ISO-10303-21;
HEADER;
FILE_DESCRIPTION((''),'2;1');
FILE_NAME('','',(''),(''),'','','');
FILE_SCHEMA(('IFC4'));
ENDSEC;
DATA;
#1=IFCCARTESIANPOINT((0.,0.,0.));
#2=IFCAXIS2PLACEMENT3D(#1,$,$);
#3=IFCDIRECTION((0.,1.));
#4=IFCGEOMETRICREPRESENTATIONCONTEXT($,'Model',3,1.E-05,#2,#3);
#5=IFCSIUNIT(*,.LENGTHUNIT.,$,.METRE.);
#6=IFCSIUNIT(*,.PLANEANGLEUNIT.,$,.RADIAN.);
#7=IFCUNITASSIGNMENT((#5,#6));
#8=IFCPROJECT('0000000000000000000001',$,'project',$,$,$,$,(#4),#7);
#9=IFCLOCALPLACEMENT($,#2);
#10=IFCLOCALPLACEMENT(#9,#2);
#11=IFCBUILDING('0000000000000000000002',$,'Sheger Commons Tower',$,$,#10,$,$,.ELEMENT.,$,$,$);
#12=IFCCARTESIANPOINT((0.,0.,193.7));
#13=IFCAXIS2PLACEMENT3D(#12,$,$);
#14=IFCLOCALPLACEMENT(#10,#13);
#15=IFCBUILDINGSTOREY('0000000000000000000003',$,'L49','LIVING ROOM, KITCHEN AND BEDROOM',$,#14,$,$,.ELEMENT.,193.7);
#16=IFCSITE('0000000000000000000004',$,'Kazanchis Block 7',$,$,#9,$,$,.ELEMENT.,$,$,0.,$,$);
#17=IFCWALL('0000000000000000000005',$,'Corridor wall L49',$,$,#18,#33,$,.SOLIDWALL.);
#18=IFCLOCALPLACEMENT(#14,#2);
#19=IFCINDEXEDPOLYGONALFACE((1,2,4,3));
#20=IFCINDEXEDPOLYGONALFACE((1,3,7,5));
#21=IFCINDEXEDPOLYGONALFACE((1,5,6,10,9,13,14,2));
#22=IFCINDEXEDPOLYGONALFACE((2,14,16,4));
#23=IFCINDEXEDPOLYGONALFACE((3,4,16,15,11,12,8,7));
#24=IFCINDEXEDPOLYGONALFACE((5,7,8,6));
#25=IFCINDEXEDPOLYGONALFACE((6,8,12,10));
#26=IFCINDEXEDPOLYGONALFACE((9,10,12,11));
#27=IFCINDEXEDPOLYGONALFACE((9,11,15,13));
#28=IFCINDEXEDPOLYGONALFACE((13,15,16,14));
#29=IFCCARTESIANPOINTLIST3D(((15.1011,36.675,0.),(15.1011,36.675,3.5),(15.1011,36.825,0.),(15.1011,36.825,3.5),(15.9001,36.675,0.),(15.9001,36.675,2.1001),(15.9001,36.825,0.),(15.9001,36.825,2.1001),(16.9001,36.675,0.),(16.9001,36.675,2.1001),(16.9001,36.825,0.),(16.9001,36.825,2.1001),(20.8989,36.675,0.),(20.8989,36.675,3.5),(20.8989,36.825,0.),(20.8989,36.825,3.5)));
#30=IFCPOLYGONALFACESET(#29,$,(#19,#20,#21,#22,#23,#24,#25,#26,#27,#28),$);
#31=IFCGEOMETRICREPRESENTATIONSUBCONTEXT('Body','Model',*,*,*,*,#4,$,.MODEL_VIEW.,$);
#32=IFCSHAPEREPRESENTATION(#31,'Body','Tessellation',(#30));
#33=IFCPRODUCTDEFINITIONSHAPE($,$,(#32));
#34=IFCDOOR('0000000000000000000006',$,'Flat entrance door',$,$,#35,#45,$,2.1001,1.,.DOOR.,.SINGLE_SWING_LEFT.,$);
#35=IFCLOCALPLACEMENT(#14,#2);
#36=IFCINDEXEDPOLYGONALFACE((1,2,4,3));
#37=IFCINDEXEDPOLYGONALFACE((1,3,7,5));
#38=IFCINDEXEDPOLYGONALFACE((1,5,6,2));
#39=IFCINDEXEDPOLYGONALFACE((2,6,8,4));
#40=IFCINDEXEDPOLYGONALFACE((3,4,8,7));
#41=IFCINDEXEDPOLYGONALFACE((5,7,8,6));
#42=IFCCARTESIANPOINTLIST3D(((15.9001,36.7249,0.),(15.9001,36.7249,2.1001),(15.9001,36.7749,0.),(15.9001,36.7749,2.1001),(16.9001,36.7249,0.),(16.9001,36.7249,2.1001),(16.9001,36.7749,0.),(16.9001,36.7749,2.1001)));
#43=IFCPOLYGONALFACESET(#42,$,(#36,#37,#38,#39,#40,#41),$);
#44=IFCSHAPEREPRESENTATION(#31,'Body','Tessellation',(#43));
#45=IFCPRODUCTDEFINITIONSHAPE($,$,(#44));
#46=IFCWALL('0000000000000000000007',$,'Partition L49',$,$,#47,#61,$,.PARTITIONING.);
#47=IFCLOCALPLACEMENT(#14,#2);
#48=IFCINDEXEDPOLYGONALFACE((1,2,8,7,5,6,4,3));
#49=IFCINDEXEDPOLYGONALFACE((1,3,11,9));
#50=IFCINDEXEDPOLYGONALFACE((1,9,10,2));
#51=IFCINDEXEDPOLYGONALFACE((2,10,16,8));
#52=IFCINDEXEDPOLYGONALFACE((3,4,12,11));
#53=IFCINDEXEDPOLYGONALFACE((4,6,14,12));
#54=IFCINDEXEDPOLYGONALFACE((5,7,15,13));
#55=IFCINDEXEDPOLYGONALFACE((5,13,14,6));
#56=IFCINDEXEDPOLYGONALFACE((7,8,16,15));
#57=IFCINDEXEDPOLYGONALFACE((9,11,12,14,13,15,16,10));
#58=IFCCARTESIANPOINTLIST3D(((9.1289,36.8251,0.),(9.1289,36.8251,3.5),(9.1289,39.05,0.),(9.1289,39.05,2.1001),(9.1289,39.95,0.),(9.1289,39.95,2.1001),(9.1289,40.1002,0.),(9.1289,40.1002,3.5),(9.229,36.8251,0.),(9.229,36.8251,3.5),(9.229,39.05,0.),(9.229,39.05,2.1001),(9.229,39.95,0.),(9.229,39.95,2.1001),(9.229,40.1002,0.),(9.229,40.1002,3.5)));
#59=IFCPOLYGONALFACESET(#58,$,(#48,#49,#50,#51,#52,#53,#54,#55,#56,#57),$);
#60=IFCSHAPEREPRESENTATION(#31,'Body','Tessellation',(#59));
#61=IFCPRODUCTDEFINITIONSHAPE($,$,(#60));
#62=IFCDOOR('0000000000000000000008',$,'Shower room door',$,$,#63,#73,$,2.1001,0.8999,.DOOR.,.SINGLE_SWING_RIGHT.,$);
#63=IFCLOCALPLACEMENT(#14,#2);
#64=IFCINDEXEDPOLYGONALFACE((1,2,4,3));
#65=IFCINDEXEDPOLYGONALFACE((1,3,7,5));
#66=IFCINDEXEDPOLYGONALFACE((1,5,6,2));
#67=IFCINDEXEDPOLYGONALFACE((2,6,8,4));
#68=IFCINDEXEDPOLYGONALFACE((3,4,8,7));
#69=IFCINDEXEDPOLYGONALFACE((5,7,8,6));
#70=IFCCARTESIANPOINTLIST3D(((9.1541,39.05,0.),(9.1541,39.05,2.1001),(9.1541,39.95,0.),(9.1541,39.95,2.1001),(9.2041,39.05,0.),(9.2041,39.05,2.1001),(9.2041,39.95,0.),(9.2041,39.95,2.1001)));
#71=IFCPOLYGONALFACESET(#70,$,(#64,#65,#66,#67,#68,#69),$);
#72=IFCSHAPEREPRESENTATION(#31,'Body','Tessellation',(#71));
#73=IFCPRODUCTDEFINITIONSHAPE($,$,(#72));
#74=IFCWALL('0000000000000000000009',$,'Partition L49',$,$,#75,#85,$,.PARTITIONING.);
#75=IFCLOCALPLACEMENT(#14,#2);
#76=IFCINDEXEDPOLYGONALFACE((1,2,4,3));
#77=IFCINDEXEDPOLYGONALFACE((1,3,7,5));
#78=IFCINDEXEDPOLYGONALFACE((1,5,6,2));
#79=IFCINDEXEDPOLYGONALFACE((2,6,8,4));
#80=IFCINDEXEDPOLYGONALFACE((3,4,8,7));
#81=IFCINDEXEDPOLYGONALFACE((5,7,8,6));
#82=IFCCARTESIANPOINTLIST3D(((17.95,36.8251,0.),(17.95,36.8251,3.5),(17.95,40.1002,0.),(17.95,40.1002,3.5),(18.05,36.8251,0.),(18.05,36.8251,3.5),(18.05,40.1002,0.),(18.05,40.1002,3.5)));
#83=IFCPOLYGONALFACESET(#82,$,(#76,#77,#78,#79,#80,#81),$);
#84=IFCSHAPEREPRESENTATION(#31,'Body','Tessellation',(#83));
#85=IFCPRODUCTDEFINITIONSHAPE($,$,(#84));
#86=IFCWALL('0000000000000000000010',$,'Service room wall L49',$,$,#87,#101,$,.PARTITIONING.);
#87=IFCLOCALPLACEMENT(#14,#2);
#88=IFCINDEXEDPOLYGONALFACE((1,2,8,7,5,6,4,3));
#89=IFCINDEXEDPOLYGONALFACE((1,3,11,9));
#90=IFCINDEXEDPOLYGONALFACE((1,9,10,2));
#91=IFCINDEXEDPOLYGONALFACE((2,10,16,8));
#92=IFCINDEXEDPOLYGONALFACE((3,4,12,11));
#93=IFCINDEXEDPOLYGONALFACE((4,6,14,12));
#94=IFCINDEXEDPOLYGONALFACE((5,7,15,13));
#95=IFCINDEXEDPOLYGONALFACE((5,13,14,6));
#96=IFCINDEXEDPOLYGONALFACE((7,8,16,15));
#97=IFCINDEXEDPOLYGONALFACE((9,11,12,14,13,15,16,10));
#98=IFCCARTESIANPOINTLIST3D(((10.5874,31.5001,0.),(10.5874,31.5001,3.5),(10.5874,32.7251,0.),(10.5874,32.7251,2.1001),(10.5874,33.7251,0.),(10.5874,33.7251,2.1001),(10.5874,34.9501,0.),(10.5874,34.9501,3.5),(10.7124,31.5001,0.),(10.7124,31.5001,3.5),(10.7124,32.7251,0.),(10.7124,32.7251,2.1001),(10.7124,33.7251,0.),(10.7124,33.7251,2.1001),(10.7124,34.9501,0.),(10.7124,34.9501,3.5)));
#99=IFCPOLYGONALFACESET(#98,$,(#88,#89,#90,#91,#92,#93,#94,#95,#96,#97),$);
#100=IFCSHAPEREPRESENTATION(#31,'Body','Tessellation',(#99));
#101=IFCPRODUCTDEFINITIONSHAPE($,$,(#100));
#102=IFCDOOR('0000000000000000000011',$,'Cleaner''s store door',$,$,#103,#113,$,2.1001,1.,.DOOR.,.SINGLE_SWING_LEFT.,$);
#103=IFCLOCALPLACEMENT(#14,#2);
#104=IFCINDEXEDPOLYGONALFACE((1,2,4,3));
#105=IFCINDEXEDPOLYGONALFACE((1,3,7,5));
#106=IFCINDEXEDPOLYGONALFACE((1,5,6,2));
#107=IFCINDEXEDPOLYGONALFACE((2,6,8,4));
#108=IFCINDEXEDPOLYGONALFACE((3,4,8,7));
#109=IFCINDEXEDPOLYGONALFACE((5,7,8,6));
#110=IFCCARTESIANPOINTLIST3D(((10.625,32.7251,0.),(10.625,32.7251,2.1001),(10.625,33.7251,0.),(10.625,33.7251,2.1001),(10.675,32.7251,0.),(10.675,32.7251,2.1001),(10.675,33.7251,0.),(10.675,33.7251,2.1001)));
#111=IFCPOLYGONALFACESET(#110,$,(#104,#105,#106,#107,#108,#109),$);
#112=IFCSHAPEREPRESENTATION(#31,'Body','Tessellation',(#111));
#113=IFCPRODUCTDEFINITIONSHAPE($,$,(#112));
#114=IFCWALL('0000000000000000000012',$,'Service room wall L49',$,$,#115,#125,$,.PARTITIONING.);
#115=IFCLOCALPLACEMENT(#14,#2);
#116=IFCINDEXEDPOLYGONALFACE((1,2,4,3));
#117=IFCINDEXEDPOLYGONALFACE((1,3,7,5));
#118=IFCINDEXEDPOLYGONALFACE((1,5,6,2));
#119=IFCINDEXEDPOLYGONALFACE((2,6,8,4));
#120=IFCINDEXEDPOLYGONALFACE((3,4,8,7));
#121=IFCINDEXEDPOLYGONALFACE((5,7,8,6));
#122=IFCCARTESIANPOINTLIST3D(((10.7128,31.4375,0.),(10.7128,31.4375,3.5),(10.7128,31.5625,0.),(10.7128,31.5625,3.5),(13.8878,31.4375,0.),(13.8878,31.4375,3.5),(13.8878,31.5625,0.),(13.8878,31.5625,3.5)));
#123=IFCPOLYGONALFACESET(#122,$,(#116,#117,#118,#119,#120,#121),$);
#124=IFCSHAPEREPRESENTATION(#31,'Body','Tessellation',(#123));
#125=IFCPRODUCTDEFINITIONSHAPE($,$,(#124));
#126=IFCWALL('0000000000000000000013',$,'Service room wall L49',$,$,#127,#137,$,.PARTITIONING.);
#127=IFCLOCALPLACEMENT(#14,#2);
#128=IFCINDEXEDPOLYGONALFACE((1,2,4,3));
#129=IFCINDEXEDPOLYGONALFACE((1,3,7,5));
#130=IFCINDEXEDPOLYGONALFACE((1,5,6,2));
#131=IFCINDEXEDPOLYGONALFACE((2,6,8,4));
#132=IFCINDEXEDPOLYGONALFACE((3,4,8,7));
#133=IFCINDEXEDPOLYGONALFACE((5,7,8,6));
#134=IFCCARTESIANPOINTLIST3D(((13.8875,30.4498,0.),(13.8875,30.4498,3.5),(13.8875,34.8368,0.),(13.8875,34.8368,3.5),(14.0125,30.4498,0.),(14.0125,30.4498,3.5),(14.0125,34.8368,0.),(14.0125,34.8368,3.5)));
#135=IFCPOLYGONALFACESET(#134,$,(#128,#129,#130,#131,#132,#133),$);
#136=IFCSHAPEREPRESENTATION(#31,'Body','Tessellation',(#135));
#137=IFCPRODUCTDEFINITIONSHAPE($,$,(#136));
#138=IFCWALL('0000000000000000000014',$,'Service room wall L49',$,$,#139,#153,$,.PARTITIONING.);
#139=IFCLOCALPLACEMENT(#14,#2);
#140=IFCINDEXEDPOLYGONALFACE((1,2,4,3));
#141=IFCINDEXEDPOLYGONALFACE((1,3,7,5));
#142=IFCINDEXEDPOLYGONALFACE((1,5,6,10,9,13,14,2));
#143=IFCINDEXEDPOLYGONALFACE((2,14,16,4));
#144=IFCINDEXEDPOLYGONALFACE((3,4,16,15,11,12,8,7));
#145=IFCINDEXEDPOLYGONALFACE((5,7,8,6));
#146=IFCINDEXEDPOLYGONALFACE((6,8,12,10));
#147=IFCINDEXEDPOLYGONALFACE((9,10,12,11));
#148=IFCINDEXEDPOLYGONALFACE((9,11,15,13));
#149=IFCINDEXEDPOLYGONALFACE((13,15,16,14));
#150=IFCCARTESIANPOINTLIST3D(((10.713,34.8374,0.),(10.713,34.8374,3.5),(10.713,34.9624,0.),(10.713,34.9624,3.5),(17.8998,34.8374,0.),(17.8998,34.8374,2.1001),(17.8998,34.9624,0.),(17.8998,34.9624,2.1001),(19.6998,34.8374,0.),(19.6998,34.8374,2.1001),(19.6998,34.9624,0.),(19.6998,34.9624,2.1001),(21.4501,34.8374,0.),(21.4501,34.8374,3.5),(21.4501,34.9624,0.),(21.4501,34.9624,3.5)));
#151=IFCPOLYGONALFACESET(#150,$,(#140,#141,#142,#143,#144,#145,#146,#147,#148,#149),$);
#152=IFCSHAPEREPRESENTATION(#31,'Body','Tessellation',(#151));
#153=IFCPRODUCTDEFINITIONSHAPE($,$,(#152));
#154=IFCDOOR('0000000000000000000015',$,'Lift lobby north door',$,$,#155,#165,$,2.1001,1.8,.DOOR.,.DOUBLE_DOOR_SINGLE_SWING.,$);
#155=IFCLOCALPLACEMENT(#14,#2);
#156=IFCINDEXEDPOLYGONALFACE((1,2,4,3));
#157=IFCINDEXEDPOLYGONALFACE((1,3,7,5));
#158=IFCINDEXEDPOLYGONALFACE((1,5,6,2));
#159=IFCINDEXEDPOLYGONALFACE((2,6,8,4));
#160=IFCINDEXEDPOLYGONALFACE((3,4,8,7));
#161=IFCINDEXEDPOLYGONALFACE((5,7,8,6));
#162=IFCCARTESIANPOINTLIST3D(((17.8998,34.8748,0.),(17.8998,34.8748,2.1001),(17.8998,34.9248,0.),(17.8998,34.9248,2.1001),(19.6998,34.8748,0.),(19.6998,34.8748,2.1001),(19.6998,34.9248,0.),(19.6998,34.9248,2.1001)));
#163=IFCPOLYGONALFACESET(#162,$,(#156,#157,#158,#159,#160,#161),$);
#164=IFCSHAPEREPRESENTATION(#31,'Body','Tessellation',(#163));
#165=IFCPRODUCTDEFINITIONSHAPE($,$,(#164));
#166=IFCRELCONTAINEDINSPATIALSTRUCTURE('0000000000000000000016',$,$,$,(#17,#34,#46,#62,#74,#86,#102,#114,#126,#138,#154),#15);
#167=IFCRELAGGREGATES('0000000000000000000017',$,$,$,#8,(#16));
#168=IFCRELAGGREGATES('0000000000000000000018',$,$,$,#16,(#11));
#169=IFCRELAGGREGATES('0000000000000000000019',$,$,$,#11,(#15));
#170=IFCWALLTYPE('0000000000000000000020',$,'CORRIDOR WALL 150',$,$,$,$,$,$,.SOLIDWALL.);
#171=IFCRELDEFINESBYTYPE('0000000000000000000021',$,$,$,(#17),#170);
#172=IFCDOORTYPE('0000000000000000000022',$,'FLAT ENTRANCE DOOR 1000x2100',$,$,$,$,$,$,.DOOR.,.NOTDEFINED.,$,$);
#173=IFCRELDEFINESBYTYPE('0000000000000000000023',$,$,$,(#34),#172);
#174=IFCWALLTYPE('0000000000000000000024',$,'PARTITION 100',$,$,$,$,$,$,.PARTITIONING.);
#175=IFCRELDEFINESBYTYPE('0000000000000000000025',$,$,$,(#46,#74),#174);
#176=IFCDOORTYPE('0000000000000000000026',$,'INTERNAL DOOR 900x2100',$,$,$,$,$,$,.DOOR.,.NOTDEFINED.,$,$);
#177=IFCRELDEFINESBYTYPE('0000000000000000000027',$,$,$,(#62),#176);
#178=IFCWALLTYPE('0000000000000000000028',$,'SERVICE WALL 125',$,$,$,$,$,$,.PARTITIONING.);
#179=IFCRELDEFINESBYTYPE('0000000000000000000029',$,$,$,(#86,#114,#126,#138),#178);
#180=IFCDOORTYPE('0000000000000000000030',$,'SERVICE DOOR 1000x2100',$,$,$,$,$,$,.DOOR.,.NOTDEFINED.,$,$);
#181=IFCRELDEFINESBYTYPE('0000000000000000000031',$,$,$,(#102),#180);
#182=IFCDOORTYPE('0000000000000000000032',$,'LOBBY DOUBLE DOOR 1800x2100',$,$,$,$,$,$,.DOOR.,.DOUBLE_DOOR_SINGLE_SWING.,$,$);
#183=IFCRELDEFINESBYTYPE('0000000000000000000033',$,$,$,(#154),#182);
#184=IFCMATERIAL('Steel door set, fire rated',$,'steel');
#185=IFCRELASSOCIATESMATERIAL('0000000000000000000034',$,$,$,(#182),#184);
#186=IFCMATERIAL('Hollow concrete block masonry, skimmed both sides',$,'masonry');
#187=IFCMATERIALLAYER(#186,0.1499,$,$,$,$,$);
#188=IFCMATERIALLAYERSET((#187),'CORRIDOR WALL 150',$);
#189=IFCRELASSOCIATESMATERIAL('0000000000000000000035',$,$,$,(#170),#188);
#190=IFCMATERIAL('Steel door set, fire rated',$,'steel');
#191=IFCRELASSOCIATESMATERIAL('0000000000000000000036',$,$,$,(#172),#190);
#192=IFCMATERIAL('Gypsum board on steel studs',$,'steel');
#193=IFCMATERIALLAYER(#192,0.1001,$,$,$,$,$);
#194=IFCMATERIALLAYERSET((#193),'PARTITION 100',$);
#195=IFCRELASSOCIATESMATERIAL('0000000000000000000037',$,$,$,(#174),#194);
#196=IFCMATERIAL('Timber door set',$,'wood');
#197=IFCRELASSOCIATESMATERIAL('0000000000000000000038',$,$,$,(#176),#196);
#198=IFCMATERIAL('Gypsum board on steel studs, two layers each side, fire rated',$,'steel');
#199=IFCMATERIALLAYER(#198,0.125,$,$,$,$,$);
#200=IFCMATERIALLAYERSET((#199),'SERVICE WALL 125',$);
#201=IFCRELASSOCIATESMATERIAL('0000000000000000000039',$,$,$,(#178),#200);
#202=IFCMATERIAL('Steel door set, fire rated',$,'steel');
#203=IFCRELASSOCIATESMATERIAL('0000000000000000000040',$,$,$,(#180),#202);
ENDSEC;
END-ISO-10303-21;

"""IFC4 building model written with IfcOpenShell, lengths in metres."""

from ifc_helpers import new_model, si_unit, direction, frame, frame_2d, origin, place, context, subcontext, project, spatial, rectangle, extrude, material, layer, layer_set, type_object, element, fill, save


model = new_model("IFC4")

# Units and contexts
model_context = context("Model", 3, precision=1e-05, world=origin(), true_north=direction((0.0, 1.0)))
body_context = subcontext(model_context, "Body", "Model", "MODEL_VIEW")
ifc_project = project(units=[si_unit("LENGTHUNIT", "METRE"), si_unit("PLANEANGLEUNIT", "RADIAN")], contexts=[model_context])

# Site, building, storey
site_placement = place(None, origin())
site = spatial("IfcSite", under=ifc_project, at=site_placement, Name="Kazanchis Block 7", CompositionType="ELEMENT", RefElevation=0.0)
building_placement = place(site_placement, origin())
building = spatial("IfcBuilding", under=site, at=building_placement, Name="Sheger Commons Tower", CompositionType="ELEMENT")
storey_placement = place(building_placement, frame((0.0, 0.0, 193.7)))
storey = spatial("IfcBuildingStorey", under=building, at=storey_placement, Name="L49", Description="LIVING ROOM, KITCHEN AND BEDROOM", CompositionType="ELEMENT", Elevation=193.7)

# Shared definitions
ifc_material_1 = material(Name="Steel door set, fire rated", Category="steel")
door_type_1 = type_object("IfcDoorType", Name="LOBBY DOUBLE DOOR 1800x2100", OperationType="DOUBLE_DOOR_SINGLE_SWING", PredefinedType="DOOR", material=ifc_material_1)

# Walls, openings, doors
ifc_material_2 = material(Name="Hollow concrete block masonry, skimmed both sides", Category="masonry")
ifc_layer_1 = layer(ifc_material_2, 0.1499)
ifc_layer_set_1 = layer_set([ifc_layer_1], Name="CORRIDOR WALL 150")
wall_type_1 = type_object("IfcWallType", Name="CORRIDOR WALL 150", PredefinedType="SOLIDWALL", material=ifc_layer_set_1)
ifc_material_3 = material(Name="Steel door set, fire rated", Category="steel")
door_type_2 = type_object("IfcDoorType", Name="FLAT ENTRANCE DOOR 1000x2100", OperationType="NOTDEFINED", PredefinedType="DOOR", material=ifc_material_3)
wall_1_placement = place(storey_placement, frame((15.1011, 36.75, 0.0), z_axis=(0.0, 0.0, 1.0), x_axis=(1.0, 0.0, 0.0)))
wall_1 = element("IfcWall", 1, at=wall_1_placement, inside=storey, type_object=wall_type_1, Name="Corridor wall L49", PredefinedType="SOLIDWALL", context=body_context, shape_type="SweptSolid", body=[
    extrude(rectangle(XDim=5.7979, YDim=0.1499, at=frame_2d((2.8989, 0.0))), origin(), (0.0, 0.0, 1.0), 3.5),
])
opening_1_placement = place(wall_1_placement, frame((0.7991, 0.0, 0.0)))
opening_1 = element("IfcOpeningElement", 2, at=opening_1_placement, cuts=wall_1, PredefinedType="OPENING", context=body_context, shape_type="SweptSolid", body=[
    extrude(rectangle(XDim=1.0, YDim=2.1001, at=frame_2d((0.5, 1.05))), frame((0.0, 0.085, 0.0), z_axis=(0.0, -1.0, 0.0), x_axis=(1.0, 0.0, 0.0)), (0.0, 0.0, 1.0), 0.1699),
])
door_1_placement = place(opening_1_placement, origin())
door_1 = element("IfcDoor", 3, at=door_1_placement, inside=storey, type_object=door_type_2, Name="Flat entrance door", OperationType="SINGLE_SWING_LEFT", OverallHeight=2.1001, OverallWidth=1.0, PredefinedType="DOOR", context=body_context, shape_type="SweptSolid", body=[
    extrude(rectangle(XDim=1.0, YDim=2.1001, at=frame_2d((0.5, 1.05))), frame((0.0, 0.0249, 0.0), z_axis=(0.0, -1.0, 0.0), x_axis=(1.0, 0.0, 0.0)), (0.0, 0.0, 1.0), 0.05),
])
fill(opening_1, door_1)
ifc_material_4 = material(Name="Gypsum board on steel studs", Category="steel")
ifc_layer_2 = layer(ifc_material_4, 0.1001)
ifc_layer_set_2 = layer_set([ifc_layer_2], Name="PARTITION 100")
wall_type_2 = type_object("IfcWallType", Name="PARTITION 100", PredefinedType="PARTITIONING", material=ifc_layer_set_2)
wall_2_placement = place(storey_placement, frame((9.179, 36.825, 0.0), z_axis=(0.0, 0.0, 1.0), x_axis=(0.0, 1.0, 0.0)))
wall_2 = element("IfcWall", 4, at=wall_2_placement, inside=storey, type_object=wall_type_2, Name="Partition L49", PredefinedType="PARTITIONING", context=body_context, shape_type="SweptSolid", body=[
    extrude(rectangle(XDim=3.2751, YDim=0.1001, at=frame_2d((1.6377, 0.0))), origin(), (0.0, 0.0, 1.0), 3.5),
])
opening_2_placement = place(wall_2_placement, frame((2.2251, 0.0, 0.0)))
opening_2 = element("IfcOpeningElement", 5, at=opening_2_placement, cuts=wall_2, PredefinedType="OPENING", context=body_context, shape_type="SweptSolid", body=[
    extrude(rectangle(XDim=0.8999, YDim=2.1001, at=frame_2d((0.45, 1.05))), frame((0.0, 0.0601, 0.0), z_axis=(0.0, -1.0, 0.0), x_axis=(1.0, 0.0, 0.0)), (0.0, 0.0, 1.0), 0.1201),
])
ifc_material_5 = material(Name="Timber door set", Category="wood")
door_type_3 = type_object("IfcDoorType", Name="INTERNAL DOOR 900x2100", OperationType="NOTDEFINED", PredefinedType="DOOR", material=ifc_material_5)
door_2_placement = place(opening_2_placement, origin())
door_2 = element("IfcDoor", 6, at=door_2_placement, inside=storey, type_object=door_type_3, Name="Shower room door", OperationType="SINGLE_SWING_RIGHT", OverallHeight=2.1001, OverallWidth=0.8999, PredefinedType="DOOR", context=body_context, shape_type="SweptSolid", body=[
    extrude(rectangle(XDim=0.8999, YDim=2.1001, at=frame_2d((0.45, 1.05))), frame((0.0, 0.0249, 0.0), z_axis=(0.0, -1.0, 0.0), x_axis=(1.0, 0.0, 0.0)), (0.0, 0.0, 1.0), 0.05),
])
fill(opening_2, door_2)

# Wall
wall_3_placement = place(storey_placement, frame((18.0, 36.825, 0.0), z_axis=(0.0, 0.0, 1.0), x_axis=(0.0, 1.0, 0.0)))
element("IfcWall", 7, at=wall_3_placement, inside=storey, type_object=wall_type_2, Name="Partition L49", PredefinedType="PARTITIONING", context=body_context, shape_type="SweptSolid", body=[
    extrude(rectangle(XDim=3.2751, YDim=0.1001, at=frame_2d((1.6377, 0.0))), origin(), (0.0, 0.0, 1.0), 3.5),
])

# Wall, opening, door
ifc_material_6 = material(Name="Gypsum board on steel studs, two layers each side, fire rated", Category="steel")
ifc_layer_3 = layer(ifc_material_6, 0.125)
ifc_layer_set_3 = layer_set([ifc_layer_3], Name="SERVICE WALL 125")
wall_type_3 = type_object("IfcWallType", Name="SERVICE WALL 125", PredefinedType="PARTITIONING", material=ifc_layer_set_3)
wall_4_placement = place(storey_placement, frame((10.6499, 31.5, 0.0), z_axis=(0.0, 0.0, 1.0), x_axis=(0.0, 1.0, 0.0)))
wall_4 = element("IfcWall", 8, at=wall_4_placement, inside=storey, type_object=wall_type_3, Name="Service room wall L49", PredefinedType="PARTITIONING", context=body_context, shape_type="SweptSolid", body=[
    extrude(rectangle(XDim=3.45, YDim=0.125, at=frame_2d((1.7251, 0.0))), origin(), (0.0, 0.0, 1.0), 3.5),
])
opening_3_placement = place(wall_4_placement, frame((1.2251, 0.0, 0.0)))
opening_3 = element("IfcOpeningElement", 9, at=opening_3_placement, cuts=wall_4, PredefinedType="OPENING", context=body_context, shape_type="SweptSolid", body=[
    extrude(rectangle(XDim=1.0, YDim=2.1001, at=frame_2d((0.5, 1.05))), frame((0.0, 0.0725, 0.0), z_axis=(0.0, -1.0, 0.0), x_axis=(1.0, 0.0, 0.0)), (0.0, 0.0, 1.0), 0.145),
])
ifc_material_7 = material(Name="Steel door set, fire rated", Category="steel")
door_type_4 = type_object("IfcDoorType", Name="SERVICE DOOR 1000x2100", OperationType="NOTDEFINED", PredefinedType="DOOR", material=ifc_material_7)
door_3_placement = place(opening_3_placement, origin())
door_3 = element("IfcDoor", 10, at=door_3_placement, inside=storey, type_object=door_type_4, Name="Cleaner's store door", OperationType="SINGLE_SWING_LEFT", OverallHeight=2.1001, OverallWidth=1.0, PredefinedType="DOOR", context=body_context, shape_type="SweptSolid", body=[
    extrude(rectangle(XDim=1.0, YDim=2.1001, at=frame_2d((0.5, 1.05))), frame((0.0, 0.0249, 0.0), z_axis=(0.0, -1.0, 0.0), x_axis=(1.0, 0.0, 0.0)), (0.0, 0.0, 1.0), 0.05),
])
fill(opening_3, door_3)

# Walls
wall_5_placement = place(storey_placement, frame((10.7129, 31.5, 0.0), z_axis=(0.0, 0.0, 1.0), x_axis=(1.0, 0.0, 0.0)))
element("IfcWall", 11, at=wall_5_placement, inside=storey, type_object=wall_type_3, Name="Service room wall L49", PredefinedType="PARTITIONING", context=body_context, shape_type="SweptSolid", body=[
    extrude(rectangle(XDim=3.175, YDim=0.125, at=frame_2d((1.5874, 0.0))), origin(), (0.0, 0.0, 1.0), 3.5),
])
wall_6_placement = place(storey_placement, frame((13.95, 30.45, 0.0), z_axis=(0.0, 0.0, 1.0), x_axis=(0.0, 1.0, 0.0)))
element("IfcWall", 12, at=wall_6_placement, inside=storey, type_object=wall_type_3, Name="Service room wall L49", PredefinedType="PARTITIONING", context=body_context, shape_type="SweptSolid", body=[
    extrude(rectangle(XDim=4.387, YDim=0.125, at=frame_2d((2.1934, 0.0))), origin(), (0.0, 0.0, 1.0), 3.5),
])

# Wall, opening, door
wall_7_placement = place(storey_placement, frame((10.7129, 34.8999, 0.0), z_axis=(0.0, 0.0, 1.0), x_axis=(1.0, 0.0, 0.0)))
wall_7 = element("IfcWall", 13, at=wall_7_placement, inside=storey, type_object=wall_type_3, Name="Service room wall L49", PredefinedType="PARTITIONING", context=body_context, shape_type="SweptSolid", body=[
    extrude(rectangle(XDim=10.7371, YDim=0.125, at=frame_2d((5.3687, 0.0))), origin(), (0.0, 0.0, 1.0), 3.5),
])
opening_4_placement = place(wall_7_placement, frame((7.187, 0.0, 0.0)))
opening_4 = element("IfcOpeningElement", 14, at=opening_4_placement, cuts=wall_7, PredefinedType="OPENING", context=body_context, shape_type="SweptSolid", body=[
    extrude(rectangle(XDim=1.8, YDim=2.1001, at=frame_2d((0.8999, 1.05))), frame((0.0, 0.0725, 0.0), z_axis=(0.0, -1.0, 0.0), x_axis=(1.0, 0.0, 0.0)), (0.0, 0.0, 1.0), 0.145),
])
door_4_placement = place(opening_4_placement, origin())
door_4 = element("IfcDoor", 15, at=door_4_placement, inside=storey, type_object=door_type_1, Name="Lift lobby north door", OperationType="DOUBLE_DOOR_SINGLE_SWING", OverallHeight=2.1001, OverallWidth=1.8, PredefinedType="DOOR", context=body_context, shape_type="SweptSolid", body=[
    extrude(rectangle(XDim=1.8, YDim=2.1001, at=frame_2d((0.8999, 1.05))), frame((0.0, 0.0249, 0.0), z_axis=(0.0, -1.0, 0.0), x_axis=(1.0, 0.0, 0.0)), (0.0, 0.0, 1.0), 0.05),
])
fill(opening_4, door_4)

save(model, "model.ifc")
